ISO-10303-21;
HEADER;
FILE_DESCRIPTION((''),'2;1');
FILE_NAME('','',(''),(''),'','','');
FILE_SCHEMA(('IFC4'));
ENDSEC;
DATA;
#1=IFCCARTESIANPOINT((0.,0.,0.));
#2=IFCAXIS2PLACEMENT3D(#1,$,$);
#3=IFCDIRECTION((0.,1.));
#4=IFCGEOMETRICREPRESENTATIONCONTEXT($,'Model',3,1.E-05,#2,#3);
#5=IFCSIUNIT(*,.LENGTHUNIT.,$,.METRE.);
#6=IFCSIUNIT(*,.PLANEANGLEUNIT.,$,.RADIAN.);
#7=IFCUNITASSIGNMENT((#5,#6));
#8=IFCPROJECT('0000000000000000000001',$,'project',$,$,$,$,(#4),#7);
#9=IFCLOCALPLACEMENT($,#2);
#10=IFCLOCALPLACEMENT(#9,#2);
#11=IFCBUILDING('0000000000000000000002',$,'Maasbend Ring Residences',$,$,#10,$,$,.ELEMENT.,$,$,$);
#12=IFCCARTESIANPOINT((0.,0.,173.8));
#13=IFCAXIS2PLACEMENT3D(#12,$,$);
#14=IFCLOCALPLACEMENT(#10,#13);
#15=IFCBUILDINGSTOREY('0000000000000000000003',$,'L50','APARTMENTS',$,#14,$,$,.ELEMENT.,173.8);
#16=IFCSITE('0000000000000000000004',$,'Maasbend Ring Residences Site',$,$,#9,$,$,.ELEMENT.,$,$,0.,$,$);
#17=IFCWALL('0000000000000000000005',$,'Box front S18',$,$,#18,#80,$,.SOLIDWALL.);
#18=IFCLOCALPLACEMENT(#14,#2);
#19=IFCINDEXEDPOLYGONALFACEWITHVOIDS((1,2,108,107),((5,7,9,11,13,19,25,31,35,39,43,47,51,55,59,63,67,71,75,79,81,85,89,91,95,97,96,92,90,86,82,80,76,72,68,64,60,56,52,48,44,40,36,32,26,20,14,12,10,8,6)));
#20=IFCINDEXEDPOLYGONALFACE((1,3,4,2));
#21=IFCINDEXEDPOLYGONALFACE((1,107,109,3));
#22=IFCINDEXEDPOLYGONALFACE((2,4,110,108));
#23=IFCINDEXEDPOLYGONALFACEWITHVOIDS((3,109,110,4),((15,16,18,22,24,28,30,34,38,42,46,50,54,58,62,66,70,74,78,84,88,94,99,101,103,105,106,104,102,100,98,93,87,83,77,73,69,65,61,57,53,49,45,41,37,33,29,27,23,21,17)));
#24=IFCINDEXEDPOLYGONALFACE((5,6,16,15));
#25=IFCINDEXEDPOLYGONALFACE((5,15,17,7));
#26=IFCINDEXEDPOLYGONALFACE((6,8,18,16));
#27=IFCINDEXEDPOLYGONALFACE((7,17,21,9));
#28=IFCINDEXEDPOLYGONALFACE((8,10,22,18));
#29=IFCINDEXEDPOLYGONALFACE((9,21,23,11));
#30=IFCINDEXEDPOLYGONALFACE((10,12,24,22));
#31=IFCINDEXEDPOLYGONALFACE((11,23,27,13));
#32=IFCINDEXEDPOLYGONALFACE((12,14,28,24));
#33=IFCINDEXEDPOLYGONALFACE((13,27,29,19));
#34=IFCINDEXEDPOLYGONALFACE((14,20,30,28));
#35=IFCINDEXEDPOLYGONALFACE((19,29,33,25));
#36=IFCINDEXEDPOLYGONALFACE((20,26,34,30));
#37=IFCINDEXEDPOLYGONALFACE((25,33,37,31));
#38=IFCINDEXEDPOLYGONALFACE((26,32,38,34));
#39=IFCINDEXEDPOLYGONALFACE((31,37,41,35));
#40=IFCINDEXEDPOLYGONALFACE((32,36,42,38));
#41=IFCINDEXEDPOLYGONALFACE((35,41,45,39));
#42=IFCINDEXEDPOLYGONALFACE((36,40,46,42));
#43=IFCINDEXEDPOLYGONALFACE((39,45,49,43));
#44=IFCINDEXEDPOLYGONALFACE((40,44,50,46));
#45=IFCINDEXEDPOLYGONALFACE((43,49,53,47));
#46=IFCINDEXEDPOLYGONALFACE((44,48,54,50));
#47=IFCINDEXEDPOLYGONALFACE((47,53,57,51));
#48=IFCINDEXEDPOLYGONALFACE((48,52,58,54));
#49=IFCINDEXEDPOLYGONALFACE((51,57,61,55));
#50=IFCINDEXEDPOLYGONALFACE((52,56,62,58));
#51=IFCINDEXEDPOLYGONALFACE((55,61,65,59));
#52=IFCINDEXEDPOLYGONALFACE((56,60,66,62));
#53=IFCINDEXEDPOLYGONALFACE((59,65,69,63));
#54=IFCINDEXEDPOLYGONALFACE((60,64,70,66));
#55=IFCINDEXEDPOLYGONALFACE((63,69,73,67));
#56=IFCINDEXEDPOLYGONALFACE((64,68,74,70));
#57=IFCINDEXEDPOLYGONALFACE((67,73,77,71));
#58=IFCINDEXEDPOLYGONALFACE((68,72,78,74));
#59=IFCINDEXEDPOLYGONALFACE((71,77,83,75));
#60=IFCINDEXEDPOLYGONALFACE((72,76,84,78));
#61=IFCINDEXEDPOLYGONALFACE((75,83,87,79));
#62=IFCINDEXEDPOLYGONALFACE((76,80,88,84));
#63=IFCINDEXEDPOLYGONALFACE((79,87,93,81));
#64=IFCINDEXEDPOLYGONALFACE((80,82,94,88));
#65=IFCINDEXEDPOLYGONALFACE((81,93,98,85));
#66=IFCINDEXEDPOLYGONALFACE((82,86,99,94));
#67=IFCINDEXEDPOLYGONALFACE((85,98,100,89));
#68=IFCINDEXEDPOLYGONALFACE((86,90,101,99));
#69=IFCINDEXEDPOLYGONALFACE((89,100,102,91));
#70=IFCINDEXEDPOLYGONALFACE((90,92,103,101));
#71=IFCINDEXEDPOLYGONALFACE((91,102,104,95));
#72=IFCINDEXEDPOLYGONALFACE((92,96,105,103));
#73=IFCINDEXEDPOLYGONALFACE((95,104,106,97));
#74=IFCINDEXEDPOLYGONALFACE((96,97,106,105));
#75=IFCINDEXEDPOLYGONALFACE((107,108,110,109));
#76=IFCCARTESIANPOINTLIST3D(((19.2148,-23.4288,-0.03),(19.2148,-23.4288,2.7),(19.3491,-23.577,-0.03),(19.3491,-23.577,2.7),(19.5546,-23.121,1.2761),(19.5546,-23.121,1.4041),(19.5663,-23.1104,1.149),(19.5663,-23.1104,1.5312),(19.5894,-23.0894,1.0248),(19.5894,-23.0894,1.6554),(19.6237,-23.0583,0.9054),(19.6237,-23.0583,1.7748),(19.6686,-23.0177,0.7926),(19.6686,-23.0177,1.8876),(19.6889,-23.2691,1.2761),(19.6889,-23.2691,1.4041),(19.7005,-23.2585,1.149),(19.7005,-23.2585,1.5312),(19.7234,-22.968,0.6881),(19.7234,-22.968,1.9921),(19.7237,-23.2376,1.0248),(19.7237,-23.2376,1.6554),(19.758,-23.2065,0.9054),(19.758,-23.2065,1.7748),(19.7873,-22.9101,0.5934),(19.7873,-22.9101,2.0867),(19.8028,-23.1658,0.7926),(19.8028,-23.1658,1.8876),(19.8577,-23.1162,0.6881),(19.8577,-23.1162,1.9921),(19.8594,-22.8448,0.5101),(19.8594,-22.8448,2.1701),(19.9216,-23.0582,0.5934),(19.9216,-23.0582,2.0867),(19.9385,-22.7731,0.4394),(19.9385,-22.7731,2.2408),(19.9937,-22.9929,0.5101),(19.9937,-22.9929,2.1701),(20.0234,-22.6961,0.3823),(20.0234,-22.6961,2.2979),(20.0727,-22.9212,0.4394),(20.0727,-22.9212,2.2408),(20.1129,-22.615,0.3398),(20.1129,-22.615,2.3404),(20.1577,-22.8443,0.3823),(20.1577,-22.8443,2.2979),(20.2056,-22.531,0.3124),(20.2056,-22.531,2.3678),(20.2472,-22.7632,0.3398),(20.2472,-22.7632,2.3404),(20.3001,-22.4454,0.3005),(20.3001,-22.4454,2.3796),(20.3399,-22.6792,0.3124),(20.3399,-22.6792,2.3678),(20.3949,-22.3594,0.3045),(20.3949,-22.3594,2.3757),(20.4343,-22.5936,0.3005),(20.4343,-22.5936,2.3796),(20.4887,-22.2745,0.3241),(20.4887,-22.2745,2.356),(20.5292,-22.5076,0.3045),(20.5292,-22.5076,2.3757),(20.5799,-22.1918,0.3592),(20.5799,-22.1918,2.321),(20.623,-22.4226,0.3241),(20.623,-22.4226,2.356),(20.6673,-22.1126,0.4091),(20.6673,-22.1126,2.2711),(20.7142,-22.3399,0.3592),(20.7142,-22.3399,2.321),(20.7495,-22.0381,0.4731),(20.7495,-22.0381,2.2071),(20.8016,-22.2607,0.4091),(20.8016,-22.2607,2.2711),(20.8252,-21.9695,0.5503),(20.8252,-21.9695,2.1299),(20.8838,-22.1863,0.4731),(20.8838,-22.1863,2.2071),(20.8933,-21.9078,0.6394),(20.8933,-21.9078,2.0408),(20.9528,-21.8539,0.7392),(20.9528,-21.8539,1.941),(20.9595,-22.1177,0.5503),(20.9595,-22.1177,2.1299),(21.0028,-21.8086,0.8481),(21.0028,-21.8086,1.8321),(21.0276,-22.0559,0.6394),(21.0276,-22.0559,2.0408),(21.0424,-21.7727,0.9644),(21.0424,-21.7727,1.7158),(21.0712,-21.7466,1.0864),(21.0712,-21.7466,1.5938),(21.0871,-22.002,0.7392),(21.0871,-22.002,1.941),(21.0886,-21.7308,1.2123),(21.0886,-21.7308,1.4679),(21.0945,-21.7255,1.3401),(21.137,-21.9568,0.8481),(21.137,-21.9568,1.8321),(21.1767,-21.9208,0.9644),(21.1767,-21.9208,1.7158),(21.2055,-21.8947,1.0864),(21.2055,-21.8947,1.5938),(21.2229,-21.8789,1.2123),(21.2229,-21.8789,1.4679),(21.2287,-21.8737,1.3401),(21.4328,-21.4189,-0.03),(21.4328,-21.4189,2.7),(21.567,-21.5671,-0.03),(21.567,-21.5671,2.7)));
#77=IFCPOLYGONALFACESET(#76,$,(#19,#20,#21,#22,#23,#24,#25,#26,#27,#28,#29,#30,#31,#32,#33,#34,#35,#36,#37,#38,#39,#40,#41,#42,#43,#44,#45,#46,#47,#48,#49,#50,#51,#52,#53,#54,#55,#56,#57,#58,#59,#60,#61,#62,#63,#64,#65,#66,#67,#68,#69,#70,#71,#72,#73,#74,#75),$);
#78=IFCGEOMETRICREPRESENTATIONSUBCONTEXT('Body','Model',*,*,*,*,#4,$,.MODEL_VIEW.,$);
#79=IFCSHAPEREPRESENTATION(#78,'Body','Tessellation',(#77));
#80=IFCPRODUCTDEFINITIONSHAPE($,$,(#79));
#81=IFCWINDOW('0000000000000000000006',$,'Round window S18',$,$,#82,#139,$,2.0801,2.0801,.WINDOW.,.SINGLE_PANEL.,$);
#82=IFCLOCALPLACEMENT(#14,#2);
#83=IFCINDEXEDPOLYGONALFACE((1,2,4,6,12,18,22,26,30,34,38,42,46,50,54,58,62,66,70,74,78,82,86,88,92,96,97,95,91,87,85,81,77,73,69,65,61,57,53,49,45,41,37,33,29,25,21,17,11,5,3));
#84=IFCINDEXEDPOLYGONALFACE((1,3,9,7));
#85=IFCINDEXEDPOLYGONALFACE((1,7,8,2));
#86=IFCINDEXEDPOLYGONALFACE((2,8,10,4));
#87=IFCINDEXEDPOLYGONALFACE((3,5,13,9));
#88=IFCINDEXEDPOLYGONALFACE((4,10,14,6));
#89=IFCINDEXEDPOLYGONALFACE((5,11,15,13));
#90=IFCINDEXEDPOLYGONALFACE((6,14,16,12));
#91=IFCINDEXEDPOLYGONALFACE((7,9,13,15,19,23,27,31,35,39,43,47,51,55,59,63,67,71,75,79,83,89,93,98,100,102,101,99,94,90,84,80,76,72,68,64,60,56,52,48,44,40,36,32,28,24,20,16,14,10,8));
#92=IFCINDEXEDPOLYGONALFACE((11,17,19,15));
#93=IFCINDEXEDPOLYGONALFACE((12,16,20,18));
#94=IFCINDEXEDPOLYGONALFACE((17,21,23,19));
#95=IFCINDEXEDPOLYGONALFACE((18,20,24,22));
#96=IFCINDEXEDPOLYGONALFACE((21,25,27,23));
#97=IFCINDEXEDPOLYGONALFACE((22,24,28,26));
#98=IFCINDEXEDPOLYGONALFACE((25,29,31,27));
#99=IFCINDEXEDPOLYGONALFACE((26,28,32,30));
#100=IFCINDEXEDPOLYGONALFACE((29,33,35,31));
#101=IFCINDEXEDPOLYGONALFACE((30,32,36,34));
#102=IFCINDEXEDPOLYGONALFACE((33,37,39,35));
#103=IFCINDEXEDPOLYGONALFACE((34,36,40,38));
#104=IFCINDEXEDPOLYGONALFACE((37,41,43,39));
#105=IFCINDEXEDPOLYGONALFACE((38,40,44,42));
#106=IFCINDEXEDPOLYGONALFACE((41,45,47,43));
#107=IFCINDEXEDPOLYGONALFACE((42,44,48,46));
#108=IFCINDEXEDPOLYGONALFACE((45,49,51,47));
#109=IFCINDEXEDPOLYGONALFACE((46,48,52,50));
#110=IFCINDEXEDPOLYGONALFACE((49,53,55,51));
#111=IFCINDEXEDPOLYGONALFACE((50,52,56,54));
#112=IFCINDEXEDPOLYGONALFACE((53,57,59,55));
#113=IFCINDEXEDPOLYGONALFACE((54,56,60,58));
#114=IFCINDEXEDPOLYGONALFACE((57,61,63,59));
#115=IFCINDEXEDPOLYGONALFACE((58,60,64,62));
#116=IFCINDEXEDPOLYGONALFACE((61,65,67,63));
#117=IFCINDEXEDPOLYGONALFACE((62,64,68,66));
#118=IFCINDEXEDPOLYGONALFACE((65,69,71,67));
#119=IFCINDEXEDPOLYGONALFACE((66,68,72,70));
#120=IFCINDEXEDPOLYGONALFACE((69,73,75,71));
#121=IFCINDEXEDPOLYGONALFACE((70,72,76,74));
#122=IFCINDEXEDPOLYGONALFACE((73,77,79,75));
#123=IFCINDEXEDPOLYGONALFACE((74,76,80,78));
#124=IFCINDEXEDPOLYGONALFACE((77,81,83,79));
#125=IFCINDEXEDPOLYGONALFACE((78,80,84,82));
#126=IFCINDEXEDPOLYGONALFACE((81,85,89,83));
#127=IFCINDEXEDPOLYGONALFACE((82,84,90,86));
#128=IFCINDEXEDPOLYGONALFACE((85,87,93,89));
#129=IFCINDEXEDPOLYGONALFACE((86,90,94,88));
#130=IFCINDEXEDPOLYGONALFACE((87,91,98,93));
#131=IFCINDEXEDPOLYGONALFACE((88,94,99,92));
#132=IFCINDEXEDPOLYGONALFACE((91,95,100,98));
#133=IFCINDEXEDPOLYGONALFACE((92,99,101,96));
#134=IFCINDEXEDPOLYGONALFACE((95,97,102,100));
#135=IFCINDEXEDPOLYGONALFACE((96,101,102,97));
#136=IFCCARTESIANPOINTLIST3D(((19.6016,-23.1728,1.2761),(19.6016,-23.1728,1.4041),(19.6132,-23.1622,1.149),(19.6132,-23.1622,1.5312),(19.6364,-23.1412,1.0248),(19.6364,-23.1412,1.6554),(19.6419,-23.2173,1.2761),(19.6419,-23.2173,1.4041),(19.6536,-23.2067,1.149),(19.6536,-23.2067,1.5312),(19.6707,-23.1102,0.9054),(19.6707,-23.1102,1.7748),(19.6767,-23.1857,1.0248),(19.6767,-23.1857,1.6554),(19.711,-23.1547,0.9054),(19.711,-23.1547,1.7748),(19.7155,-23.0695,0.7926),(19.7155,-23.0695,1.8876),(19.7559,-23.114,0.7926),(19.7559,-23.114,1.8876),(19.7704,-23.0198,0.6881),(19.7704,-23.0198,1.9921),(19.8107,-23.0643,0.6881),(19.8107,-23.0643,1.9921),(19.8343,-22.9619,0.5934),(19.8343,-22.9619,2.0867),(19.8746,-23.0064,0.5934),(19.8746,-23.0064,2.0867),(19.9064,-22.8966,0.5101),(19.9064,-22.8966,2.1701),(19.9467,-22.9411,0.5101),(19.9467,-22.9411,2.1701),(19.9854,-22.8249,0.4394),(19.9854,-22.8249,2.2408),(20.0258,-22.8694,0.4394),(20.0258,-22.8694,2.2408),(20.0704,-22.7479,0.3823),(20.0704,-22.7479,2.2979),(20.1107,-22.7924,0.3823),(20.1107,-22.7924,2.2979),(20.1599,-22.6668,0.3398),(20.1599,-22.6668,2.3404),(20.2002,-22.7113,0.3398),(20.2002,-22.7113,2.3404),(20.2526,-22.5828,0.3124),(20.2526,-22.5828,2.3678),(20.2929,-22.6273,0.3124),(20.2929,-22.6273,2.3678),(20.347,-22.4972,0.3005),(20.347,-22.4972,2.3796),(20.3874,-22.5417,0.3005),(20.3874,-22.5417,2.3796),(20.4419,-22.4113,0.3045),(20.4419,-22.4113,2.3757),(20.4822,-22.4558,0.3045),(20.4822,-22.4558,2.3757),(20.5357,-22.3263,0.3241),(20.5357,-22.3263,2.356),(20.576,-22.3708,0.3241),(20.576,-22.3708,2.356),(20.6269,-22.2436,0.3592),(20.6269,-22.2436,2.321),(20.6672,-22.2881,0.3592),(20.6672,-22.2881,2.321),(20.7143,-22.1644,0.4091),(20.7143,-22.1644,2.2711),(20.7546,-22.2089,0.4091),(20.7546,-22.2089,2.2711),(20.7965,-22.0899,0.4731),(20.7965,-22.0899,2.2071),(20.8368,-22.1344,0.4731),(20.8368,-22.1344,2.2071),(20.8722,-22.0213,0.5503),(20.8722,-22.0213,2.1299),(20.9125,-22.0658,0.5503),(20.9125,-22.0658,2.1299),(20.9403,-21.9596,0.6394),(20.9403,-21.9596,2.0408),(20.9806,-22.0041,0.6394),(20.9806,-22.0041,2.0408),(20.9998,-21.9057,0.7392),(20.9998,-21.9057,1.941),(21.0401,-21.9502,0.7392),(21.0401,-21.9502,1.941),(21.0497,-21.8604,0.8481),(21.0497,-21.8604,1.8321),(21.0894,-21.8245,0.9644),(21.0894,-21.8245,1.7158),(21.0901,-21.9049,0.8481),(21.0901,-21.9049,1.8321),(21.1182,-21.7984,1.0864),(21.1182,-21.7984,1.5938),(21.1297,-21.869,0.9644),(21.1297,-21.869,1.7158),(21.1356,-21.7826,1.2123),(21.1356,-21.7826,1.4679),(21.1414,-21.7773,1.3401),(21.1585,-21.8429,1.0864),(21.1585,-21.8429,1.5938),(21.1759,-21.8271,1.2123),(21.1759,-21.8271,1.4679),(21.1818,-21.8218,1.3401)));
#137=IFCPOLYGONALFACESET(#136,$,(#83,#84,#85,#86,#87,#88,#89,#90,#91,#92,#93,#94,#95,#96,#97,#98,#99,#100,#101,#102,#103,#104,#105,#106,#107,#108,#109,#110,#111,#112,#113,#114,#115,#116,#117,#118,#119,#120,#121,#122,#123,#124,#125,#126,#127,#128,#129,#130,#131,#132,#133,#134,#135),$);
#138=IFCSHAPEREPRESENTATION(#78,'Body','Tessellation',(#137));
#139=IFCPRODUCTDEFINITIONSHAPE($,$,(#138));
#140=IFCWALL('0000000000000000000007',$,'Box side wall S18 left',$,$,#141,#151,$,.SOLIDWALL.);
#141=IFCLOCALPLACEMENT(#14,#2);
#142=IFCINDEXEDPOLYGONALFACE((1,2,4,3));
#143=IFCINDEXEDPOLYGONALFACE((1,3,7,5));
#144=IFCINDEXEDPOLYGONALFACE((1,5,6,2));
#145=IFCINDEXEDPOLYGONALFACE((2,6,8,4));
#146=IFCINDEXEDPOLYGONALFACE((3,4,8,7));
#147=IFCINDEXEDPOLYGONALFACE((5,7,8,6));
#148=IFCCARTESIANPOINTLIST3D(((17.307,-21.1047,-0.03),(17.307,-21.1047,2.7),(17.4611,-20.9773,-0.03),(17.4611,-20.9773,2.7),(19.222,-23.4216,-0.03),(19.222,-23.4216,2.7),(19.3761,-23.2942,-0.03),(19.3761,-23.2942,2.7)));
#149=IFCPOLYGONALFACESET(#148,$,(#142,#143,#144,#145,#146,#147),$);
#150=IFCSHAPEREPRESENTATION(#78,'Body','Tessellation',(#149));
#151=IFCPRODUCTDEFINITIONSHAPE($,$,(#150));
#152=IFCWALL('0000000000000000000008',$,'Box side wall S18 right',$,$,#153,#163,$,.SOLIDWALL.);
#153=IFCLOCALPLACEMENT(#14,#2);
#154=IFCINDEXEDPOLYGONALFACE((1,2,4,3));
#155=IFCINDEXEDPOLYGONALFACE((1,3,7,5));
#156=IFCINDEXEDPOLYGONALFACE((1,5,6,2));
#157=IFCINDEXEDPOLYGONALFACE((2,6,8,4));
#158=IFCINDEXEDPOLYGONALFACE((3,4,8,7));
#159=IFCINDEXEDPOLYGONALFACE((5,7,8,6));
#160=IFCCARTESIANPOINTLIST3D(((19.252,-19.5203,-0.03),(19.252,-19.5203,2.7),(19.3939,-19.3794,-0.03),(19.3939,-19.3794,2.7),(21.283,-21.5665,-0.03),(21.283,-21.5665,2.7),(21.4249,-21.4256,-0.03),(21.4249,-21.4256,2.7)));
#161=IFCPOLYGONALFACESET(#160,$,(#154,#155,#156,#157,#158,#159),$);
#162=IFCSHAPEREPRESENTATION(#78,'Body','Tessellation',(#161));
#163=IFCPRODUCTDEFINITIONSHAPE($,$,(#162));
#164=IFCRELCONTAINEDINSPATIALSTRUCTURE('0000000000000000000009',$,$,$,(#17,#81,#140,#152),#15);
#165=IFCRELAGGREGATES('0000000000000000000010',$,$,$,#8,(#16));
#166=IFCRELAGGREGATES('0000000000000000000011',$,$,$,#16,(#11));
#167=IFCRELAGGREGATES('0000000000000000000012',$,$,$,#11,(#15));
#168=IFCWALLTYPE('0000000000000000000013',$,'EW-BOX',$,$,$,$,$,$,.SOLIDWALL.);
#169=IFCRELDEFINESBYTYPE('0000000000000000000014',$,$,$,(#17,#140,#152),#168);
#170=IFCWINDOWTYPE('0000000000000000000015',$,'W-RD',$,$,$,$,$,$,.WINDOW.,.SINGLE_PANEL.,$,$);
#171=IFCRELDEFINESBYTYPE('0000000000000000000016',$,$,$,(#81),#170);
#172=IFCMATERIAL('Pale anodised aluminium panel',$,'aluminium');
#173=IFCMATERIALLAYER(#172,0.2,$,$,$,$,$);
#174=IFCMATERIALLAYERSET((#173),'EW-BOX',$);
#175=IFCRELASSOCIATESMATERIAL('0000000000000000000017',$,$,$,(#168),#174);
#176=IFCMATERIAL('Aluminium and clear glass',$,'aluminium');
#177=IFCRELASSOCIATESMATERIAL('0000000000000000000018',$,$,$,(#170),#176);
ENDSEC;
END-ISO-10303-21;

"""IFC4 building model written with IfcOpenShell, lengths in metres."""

from ifc_helpers import new_model, si_unit, direction, frame, frame_2d, origin, place, context, subcontext, project, spatial, rectangle, circle, extrude, material, layer, layer_set, type_object, element, fill, save


model = new_model("IFC4")

# Units and contexts
model_context = context("Model", 3, precision=1e-05, world=origin(), true_north=direction((0.0, 1.0)))
body_context = subcontext(model_context, "Body", "Model", "MODEL_VIEW")
ifc_project = project(units=[si_unit("LENGTHUNIT", "METRE"), si_unit("PLANEANGLEUNIT", "RADIAN")], contexts=[model_context])

# Site, building, storey
site_placement = place(None, origin())
site = spatial("IfcSite", under=ifc_project, at=site_placement, Name="Maasbend Ring Residences Site", CompositionType="ELEMENT", RefElevation=0.0)
building_placement = place(site_placement, origin())
building = spatial("IfcBuilding", under=site, at=building_placement, Name="Maasbend Ring Residences", CompositionType="ELEMENT")
storey_placement = place(building_placement, frame((0.0, 0.0, 173.8)))
storey = spatial("IfcBuildingStorey", under=building, at=storey_placement, Name="L50", Description="APARTMENTS", CompositionType="ELEMENT", Elevation=173.8)

# Shared definitions
ifc_material_1 = material(Name="Pale anodised aluminium panel", Category="aluminium")
ifc_layer_1 = layer(ifc_material_1, 0.2)
ifc_layer_set_1 = layer_set([ifc_layer_1], Name="EW-BOX")
wall_type_1 = type_object("IfcWallType", Name="EW-BOX", PredefinedType="SOLIDWALL", material=ifc_layer_set_1)
ifc_material_2 = material(Name="Aluminium and clear glass", Category="aluminium")
window_type_1 = type_object("IfcWindowType", Name="W-RD", PartitioningType="SINGLE_PANEL", PredefinedType="WINDOW", material=ifc_material_2)

# Wall, opening, window
wall_1_placement = place(storey_placement, frame((19.282, -23.5029, -0.03), z_axis=(0.0, 0.0, 1.0), x_axis=(0.740998, 0.671507, 0.0)))
wall_1 = element("IfcWall", 1, at=wall_1_placement, inside=storey, type_object=wall_type_1, Name="Box front S18", PredefinedType="SOLIDWALL", context=body_context, shape_type="SweptSolid", body=[
    extrude(rectangle(XDim=2.9932, YDim=0.2, at=frame_2d((1.4966, 0.0))), origin(), (0.0, 0.0, 1.0), 2.73),
])
opening_1_placement = place(wall_1_placement, frame((0.4565, 0.0, 0.3301)))
opening_1 = element("IfcOpeningElement", 2, at=opening_1_placement, cuts=wall_1, PredefinedType="OPENING", context=body_context, shape_type="SweptSolid", body=[
    extrude(circle(Radius=1.04, at=frame_2d((1.04, 1.04))), frame((0.0, 0.1099, 0.0), z_axis=(0.0, -1.0, 0.0), x_axis=(1.0, 0.0, 0.0)), (0.0, 0.0, 1.0), 0.22),
])
window_1_placement = place(opening_1_placement, origin())
window_1 = element("IfcWindow", 3, at=window_1_placement, inside=storey, type_object=window_type_1, Name="Round window S18", OverallHeight=2.0801, OverallWidth=2.0801, PartitioningType="SINGLE_PANEL", PredefinedType="WINDOW", context=body_context, shape_type="SweptSolid", body=[
    extrude(circle(Radius=1.04, at=frame_2d((1.04, 1.04))), frame((0.0, 0.03, 0.0), z_axis=(0.0, -1.0, 0.0), x_axis=(1.0, 0.0, 0.0)), (0.0, 0.0, 1.0), 0.0601),
])
fill(opening_1, window_1)

# Walls
wall_2_placement = place(storey_placement, frame((17.384, -21.041, -0.03), z_axis=(0.0, 0.0, 1.0), x_axis=(0.637096, -0.770785, 0.0)))
element("IfcWall", 4, at=wall_2_placement, inside=storey, type_object=wall_type_1, Name="Box side wall S18 left", PredefinedType="SOLIDWALL", context=body_context, shape_type="SweptSolid", body=[
    extrude(rectangle(XDim=3.0059, YDim=0.2, at=frame_2d((1.5029, 0.0))), origin(), (0.0, 0.0, 1.0), 2.73),
])
wall_3_placement = place(storey_placement, frame((19.323, -19.45, -0.03), z_axis=(0.0, 0.0, 1.0), x_axis=(0.704477, -0.709727, 0.0)))
element("IfcWall", 5, at=wall_3_placement, inside=storey, type_object=wall_type_1, Name="Box side wall S18 right", PredefinedType="SOLIDWALL", context=body_context, shape_type="SweptSolid", body=[
    extrude(rectangle(XDim=2.8831, YDim=0.2, at=frame_2d((1.4414, 0.0))), origin(), (0.0, 0.0, 1.0), 2.73),
])

save(model, "model.ifc")
